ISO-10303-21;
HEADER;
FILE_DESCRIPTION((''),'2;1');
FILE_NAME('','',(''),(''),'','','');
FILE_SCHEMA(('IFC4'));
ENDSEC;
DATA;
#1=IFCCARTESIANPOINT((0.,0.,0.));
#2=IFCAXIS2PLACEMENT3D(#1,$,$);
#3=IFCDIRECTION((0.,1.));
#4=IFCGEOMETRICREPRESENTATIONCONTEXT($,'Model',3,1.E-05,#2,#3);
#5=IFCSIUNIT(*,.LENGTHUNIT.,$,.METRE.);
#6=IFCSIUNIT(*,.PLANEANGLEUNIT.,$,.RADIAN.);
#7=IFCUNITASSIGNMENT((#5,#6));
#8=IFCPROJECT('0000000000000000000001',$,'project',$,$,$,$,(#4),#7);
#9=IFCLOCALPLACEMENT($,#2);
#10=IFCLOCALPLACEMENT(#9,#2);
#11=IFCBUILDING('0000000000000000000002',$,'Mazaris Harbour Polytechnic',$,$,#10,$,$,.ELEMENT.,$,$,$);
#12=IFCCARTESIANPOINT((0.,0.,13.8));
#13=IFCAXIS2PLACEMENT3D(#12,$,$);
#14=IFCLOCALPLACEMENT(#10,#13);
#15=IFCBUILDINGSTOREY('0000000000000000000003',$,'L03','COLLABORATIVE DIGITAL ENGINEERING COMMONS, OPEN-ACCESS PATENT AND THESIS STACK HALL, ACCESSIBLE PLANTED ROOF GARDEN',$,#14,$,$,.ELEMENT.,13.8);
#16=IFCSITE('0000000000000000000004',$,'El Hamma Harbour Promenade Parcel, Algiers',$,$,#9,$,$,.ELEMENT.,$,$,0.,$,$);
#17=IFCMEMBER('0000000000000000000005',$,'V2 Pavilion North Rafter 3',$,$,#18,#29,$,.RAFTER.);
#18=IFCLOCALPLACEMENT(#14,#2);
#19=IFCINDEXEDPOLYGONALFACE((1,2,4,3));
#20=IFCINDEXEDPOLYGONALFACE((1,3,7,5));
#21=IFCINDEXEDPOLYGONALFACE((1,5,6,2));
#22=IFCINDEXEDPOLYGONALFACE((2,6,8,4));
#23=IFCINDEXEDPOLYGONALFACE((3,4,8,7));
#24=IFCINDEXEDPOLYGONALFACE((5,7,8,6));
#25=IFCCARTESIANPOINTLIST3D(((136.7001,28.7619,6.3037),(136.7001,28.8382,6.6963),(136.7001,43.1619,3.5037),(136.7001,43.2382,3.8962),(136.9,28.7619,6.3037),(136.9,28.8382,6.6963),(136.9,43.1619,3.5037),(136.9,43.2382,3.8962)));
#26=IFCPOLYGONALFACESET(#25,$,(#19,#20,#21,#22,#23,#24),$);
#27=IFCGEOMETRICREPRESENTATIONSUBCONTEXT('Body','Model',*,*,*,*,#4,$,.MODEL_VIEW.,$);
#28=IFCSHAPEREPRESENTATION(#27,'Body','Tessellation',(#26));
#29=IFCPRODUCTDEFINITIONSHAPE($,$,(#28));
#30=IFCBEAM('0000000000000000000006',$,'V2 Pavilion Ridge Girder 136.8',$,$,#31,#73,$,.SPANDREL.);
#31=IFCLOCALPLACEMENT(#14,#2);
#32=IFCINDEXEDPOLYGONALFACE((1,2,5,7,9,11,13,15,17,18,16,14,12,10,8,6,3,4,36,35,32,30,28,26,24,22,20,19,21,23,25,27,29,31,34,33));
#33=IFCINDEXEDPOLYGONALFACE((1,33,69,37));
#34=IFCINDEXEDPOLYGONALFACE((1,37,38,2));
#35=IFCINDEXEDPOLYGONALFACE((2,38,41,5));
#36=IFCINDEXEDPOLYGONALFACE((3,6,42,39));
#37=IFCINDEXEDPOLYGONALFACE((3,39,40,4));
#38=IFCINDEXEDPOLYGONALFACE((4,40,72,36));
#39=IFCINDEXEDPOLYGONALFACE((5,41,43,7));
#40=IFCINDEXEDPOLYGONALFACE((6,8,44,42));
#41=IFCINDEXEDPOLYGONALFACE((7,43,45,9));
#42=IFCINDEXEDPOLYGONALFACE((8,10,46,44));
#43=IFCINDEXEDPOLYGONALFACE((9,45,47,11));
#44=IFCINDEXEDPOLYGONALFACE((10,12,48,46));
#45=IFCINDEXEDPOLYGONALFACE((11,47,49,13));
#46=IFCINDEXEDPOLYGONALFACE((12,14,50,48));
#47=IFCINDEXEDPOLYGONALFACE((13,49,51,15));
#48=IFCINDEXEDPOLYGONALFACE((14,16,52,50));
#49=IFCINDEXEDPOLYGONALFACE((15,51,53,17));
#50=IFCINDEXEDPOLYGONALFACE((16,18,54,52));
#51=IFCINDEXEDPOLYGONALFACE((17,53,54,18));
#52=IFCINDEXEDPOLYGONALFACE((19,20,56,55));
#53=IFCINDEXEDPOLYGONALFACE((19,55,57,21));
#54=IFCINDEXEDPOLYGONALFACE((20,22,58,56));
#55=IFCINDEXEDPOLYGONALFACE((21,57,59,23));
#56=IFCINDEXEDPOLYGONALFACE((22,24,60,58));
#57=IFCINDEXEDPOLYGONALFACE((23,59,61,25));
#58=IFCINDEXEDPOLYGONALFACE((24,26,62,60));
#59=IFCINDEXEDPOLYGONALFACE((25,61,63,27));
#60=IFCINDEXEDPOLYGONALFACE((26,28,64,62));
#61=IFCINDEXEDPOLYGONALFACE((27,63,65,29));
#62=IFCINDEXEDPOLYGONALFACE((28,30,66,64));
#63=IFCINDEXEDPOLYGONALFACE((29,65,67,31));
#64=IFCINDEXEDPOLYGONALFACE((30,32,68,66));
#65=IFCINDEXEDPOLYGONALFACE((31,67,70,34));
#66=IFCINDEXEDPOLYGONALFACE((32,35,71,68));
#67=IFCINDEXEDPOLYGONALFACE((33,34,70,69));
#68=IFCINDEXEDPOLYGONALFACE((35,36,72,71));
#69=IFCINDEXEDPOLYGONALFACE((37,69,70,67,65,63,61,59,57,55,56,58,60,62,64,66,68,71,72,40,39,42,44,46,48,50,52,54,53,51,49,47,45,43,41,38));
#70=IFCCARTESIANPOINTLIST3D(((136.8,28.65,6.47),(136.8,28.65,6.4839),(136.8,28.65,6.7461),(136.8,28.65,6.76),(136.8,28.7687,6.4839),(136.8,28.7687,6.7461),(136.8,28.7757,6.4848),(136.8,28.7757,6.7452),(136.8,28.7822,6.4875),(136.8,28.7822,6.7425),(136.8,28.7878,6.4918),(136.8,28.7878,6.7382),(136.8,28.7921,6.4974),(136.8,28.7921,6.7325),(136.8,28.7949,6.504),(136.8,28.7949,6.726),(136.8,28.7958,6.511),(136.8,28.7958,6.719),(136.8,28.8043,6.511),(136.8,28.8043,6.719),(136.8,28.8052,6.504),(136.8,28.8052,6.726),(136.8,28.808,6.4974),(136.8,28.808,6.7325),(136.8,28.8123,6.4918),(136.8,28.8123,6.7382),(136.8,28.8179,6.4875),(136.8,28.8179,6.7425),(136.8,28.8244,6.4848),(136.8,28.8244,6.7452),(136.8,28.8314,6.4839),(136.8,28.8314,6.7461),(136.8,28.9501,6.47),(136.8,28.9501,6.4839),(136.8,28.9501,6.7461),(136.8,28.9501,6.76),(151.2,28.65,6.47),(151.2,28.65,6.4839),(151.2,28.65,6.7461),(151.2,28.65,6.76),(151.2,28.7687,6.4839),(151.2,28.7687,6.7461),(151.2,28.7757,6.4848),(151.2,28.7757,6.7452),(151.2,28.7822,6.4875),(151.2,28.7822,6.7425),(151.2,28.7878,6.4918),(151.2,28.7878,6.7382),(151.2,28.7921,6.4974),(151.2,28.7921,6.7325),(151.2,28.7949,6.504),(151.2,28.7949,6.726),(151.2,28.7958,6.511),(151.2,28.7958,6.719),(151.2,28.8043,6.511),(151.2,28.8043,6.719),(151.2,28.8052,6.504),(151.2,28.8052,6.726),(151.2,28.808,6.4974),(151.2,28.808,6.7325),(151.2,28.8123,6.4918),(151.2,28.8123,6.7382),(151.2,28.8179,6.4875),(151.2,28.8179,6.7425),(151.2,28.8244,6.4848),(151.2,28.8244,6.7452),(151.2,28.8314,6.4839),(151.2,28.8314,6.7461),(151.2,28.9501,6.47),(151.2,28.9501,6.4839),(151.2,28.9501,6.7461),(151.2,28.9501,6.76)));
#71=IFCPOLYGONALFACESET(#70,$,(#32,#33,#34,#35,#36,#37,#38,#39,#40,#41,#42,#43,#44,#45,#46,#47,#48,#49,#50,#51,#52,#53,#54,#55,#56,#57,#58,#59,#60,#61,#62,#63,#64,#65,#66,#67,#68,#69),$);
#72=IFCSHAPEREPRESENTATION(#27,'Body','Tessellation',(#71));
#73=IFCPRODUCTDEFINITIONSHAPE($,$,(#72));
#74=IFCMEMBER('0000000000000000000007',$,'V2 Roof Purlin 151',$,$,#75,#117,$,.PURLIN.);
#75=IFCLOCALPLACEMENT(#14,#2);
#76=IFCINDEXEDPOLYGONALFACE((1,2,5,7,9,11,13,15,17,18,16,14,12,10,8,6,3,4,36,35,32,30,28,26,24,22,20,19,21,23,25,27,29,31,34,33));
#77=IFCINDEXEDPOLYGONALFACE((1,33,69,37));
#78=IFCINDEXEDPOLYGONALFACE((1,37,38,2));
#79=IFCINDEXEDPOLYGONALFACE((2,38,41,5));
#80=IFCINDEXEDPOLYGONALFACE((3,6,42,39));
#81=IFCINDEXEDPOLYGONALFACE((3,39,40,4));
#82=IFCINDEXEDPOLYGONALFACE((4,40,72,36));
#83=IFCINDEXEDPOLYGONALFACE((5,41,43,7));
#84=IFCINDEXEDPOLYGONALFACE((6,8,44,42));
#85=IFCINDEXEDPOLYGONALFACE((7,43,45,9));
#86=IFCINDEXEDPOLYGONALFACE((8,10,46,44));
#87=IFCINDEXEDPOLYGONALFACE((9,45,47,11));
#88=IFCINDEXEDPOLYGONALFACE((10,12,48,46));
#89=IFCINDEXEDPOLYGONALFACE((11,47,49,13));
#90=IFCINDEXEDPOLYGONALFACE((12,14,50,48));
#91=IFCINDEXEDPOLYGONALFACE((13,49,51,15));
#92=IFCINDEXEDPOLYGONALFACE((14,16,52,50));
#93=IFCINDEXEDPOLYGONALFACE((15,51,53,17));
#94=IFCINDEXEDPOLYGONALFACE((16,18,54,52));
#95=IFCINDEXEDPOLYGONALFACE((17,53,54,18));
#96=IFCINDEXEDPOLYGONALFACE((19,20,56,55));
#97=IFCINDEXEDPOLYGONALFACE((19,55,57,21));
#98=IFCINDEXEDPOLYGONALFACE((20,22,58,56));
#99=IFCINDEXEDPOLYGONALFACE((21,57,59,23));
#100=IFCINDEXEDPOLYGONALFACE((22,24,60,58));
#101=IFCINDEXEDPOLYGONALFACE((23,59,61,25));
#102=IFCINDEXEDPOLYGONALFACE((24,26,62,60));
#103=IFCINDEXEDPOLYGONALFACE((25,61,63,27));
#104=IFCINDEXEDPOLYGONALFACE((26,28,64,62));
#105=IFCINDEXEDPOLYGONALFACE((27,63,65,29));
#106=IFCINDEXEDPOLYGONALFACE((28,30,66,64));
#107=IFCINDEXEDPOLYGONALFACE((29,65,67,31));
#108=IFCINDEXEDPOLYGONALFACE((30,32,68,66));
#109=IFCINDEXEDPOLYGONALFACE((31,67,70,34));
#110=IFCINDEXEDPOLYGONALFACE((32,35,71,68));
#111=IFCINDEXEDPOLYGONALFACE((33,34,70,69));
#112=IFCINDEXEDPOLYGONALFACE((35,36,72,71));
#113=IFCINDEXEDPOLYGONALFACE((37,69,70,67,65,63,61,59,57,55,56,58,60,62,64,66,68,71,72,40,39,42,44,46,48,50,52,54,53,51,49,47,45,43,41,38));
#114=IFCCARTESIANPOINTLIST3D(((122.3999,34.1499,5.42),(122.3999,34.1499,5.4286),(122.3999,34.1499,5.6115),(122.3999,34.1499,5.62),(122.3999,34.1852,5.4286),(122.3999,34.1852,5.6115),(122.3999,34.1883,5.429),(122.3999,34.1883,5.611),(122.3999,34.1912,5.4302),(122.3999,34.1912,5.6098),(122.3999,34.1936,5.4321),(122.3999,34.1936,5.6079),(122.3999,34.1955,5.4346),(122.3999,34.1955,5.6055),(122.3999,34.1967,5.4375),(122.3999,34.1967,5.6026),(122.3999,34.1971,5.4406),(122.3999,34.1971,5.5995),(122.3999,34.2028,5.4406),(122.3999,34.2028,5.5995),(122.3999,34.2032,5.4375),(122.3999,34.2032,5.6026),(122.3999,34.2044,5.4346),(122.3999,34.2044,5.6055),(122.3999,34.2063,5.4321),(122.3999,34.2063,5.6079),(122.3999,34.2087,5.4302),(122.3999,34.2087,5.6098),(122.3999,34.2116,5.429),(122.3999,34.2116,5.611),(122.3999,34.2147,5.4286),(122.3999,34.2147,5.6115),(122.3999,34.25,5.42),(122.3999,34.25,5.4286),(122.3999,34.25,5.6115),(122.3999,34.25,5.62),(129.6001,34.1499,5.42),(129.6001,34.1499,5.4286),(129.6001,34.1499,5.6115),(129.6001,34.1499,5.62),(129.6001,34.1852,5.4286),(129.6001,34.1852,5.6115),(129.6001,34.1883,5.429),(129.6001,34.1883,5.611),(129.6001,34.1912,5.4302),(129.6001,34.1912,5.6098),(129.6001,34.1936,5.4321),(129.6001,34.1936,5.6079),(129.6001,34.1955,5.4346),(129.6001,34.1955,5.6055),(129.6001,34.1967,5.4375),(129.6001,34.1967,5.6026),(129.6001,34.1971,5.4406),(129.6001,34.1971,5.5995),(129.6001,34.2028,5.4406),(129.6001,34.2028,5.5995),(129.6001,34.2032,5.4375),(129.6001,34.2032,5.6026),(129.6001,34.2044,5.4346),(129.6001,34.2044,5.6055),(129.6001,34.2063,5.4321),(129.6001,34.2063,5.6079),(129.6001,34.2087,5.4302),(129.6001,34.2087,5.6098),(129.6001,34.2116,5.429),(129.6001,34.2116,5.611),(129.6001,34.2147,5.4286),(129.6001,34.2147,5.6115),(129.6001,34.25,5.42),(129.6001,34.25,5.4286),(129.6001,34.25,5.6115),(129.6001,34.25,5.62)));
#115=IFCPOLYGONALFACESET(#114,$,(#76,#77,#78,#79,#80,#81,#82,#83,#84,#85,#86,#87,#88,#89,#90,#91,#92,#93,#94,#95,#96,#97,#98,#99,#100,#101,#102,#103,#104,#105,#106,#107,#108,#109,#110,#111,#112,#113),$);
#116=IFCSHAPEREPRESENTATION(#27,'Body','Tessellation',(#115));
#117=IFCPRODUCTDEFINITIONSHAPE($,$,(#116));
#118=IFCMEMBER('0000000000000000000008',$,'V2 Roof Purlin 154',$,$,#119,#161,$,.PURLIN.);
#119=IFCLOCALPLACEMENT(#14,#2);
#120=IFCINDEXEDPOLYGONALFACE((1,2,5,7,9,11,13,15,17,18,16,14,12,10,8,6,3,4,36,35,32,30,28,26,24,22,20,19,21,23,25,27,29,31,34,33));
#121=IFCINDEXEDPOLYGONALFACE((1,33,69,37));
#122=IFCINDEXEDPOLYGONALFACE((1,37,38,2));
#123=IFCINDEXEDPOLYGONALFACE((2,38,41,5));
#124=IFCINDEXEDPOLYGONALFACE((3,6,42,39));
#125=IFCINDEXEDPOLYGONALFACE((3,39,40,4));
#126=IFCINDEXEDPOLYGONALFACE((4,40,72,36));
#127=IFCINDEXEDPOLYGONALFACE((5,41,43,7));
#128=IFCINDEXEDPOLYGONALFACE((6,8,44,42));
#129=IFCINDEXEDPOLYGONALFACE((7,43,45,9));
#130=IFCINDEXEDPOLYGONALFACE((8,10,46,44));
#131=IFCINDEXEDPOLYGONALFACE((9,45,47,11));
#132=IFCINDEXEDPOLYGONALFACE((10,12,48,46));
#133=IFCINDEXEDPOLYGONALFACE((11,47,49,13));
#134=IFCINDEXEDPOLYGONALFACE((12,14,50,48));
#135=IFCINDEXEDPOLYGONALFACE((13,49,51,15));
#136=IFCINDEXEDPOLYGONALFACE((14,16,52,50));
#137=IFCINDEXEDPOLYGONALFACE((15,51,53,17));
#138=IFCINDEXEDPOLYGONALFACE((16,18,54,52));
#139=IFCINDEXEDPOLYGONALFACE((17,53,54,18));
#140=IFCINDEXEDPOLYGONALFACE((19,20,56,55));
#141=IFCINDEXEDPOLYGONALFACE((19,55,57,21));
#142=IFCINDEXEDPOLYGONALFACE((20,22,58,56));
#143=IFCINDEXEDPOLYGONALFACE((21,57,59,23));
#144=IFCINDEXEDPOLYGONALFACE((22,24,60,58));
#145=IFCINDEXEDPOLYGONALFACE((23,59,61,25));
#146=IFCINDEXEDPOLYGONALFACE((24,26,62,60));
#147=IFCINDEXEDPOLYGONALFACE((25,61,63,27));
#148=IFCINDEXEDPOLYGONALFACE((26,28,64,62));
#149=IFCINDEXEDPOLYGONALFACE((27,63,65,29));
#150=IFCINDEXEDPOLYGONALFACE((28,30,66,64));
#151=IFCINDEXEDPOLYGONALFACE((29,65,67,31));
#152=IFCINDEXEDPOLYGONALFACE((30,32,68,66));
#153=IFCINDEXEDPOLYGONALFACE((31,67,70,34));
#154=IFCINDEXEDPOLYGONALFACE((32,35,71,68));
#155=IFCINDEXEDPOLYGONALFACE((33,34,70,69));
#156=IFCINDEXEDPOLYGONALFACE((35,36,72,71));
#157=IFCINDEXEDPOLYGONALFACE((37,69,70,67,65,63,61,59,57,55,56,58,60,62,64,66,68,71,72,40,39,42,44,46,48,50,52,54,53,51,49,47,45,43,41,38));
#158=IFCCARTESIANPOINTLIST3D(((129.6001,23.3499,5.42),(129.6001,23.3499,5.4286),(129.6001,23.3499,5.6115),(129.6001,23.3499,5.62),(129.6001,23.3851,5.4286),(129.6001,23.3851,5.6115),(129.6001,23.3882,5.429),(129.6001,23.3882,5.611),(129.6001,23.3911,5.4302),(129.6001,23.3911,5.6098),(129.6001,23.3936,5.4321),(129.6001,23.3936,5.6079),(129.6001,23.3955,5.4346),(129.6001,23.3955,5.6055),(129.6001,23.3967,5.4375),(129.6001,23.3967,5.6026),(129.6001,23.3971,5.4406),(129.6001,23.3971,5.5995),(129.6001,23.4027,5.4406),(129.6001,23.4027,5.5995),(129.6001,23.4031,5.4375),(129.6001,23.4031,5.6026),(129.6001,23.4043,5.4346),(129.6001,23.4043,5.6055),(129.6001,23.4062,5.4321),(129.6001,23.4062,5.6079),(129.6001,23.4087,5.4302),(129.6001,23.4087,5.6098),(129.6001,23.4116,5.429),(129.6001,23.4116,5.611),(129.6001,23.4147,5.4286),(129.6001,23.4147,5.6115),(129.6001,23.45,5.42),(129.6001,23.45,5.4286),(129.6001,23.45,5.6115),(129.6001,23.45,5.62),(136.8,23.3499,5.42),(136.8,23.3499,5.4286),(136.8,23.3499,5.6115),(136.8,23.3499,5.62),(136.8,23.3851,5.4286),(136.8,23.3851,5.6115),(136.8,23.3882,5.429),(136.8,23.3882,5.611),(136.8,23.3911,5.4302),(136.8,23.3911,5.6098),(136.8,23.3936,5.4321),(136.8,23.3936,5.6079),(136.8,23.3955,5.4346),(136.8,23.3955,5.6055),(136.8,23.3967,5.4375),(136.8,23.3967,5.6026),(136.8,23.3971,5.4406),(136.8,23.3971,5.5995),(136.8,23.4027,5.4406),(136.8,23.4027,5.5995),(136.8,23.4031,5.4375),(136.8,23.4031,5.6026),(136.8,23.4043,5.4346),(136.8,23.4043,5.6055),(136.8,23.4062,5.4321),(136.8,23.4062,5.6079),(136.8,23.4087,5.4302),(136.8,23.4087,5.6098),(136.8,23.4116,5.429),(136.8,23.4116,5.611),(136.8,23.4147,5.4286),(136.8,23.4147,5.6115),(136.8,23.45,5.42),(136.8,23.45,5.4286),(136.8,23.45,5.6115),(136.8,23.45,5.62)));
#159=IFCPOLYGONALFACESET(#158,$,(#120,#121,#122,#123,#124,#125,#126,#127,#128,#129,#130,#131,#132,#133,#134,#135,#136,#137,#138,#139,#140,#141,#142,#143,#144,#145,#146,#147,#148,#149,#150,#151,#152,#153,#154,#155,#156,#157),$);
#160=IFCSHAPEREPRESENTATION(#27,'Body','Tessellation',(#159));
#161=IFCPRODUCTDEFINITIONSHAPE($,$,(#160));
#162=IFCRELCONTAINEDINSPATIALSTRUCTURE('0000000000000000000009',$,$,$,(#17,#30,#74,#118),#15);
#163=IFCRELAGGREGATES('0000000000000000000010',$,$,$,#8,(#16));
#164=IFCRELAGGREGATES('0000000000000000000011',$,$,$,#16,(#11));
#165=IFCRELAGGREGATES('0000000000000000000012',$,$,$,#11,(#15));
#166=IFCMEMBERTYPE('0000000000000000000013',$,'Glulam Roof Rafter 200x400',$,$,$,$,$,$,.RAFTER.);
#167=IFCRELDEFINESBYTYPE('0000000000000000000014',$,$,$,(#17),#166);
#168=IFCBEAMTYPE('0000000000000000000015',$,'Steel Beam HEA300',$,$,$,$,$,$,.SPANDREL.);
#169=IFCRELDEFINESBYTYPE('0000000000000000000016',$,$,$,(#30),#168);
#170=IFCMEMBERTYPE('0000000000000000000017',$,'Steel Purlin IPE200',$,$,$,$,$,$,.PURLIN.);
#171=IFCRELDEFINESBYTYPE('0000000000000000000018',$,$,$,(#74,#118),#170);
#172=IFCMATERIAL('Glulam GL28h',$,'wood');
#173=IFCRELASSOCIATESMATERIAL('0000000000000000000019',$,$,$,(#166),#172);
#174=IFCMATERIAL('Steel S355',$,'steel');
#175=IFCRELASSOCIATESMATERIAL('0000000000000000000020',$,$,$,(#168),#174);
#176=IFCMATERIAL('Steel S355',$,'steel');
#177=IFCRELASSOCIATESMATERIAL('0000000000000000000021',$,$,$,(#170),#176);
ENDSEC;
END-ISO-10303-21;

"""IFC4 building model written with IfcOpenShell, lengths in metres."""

from ifc_helpers import new_model, si_unit, direction, frame, origin, origin_2d, place, context, subcontext, project, spatial, rectangle, i_section, extrude, material, material_profile, profile_set, type_object, element, save


model = new_model("IFC4")

# Units and contexts
model_context = context("Model", 3, precision=1e-05, world=origin(), true_north=direction((0.0, 1.0)))
body_context = subcontext(model_context, "Body", "Model", "MODEL_VIEW")
ifc_project = project(units=[si_unit("LENGTHUNIT", "METRE"), si_unit("PLANEANGLEUNIT", "RADIAN")], contexts=[model_context])

# Site, building, storey
site_placement = place(None, origin())
site = spatial("IfcSite", under=ifc_project, at=site_placement, Name="El Hamma Harbour Promenade Parcel, Algiers", CompositionType="ELEMENT", RefElevation=0.0)
building_placement = place(site_placement, origin())
building = spatial("IfcBuilding", under=site, at=building_placement, Name="Mazaris Harbour Polytechnic", CompositionType="ELEMENT")
storey_placement = place(building_placement, frame((0.0, 0.0, 13.8)))
storey = spatial("IfcBuildingStorey", under=building, at=storey_placement, Name="L03", Description="COLLABORATIVE DIGITAL ENGINEERING COMMONS, OPEN-ACCESS PATENT AND THESIS STACK HALL, ACCESSIBLE PLANTED ROOF GARDEN", CompositionType="ELEMENT", Elevation=13.8)

# Member
ifc_material_1 = material(Name="Glulam GL28h", Category="wood")
ifc_material_profile_1 = material_profile(ifc_material_1, rectangle(XDim=0.2, YDim=0.3999, at=origin_2d()), Name="RECT200x400")
ifc_profile_set_1 = profile_set([ifc_material_profile_1], Name="Glulam GL28h")
member_type_1 = type_object("IfcMemberType", Name="Glulam Roof Rafter 200x400", PredefinedType="RAFTER", material=ifc_profile_set_1)
member_1_placement = place(storey_placement, frame((136.8, 28.8, 6.5), z_axis=(0.0, 0.981615, -0.190874), x_axis=(-1.0, 0.0, 0.0)))
element("IfcMember", 1, at=member_1_placement, inside=storey, type_object=member_type_1, Name="V2 Pavilion North Rafter 3", PredefinedType="RAFTER", context=body_context, shape_type="SweptSolid", body=[
    extrude(rectangle(XDim=0.2, YDim=0.3999, at=origin_2d()), origin(), (0.0, 0.0, 1.0), 14.6697),
])

# Beam
ifc_material_2 = material(Name="Steel S355", Category="steel")
ifc_material_profile_2 = material_profile(ifc_material_2, i_section(OverallWidth=0.3, OverallDepth=0.29, WebThickness=0.0085, FlangeThickness=0.0139, FilletRadius=0.0271, at=origin_2d()), Name="HEA 300")
ifc_profile_set_2 = profile_set([ifc_material_profile_2], Name="Steel S355")
beam_type = type_object("IfcBeamType", Name="Steel Beam HEA300", PredefinedType="SPANDREL", material=ifc_profile_set_2)
beam_placement = place(storey_placement, frame((136.8, 28.8, 6.615), z_axis=(1.0, 0.0, 0.0), x_axis=(0.0, 1.0, 0.0)))
element("IfcBeam", 2, at=beam_placement, inside=storey, type_object=beam_type, Name="V2 Pavilion Ridge Girder 136.8", PredefinedType="SPANDREL", context=body_context, shape_type="SweptSolid", body=[
    extrude(i_section(OverallWidth=0.3, OverallDepth=0.29, WebThickness=0.0085, FlangeThickness=0.0139, FilletRadius=0.0271, at=origin_2d()), origin(), (0.0, 0.0, 1.0), 14.3999),
])

# Members
ifc_material_3 = material(Name="Steel S355", Category="steel")
ifc_material_profile_3 = material_profile(ifc_material_3, i_section(OverallWidth=0.1001, OverallDepth=0.2, WebThickness=0.0056, FlangeThickness=0.0085, FilletRadius=0.012, at=origin_2d()), Name="IPE 200")
ifc_profile_set_3 = profile_set([ifc_material_profile_3], Name="Steel S355")
member_type_2 = type_object("IfcMemberType", Name="Steel Purlin IPE200", PredefinedType="PURLIN", material=ifc_profile_set_3)
member_2_placement = place(storey_placement, frame((122.3999, 34.2, 5.52), z_axis=(1.0, 0.0, 0.0), x_axis=(0.0, 1.0, 0.0)))
element("IfcMember", 3, at=member_2_placement, inside=storey, type_object=member_type_2, Name="V2 Roof Purlin 151", PredefinedType="PURLIN", context=body_context, shape_type="SweptSolid", body=[
    extrude(i_section(OverallWidth=0.1001, OverallDepth=0.2, WebThickness=0.0056, FlangeThickness=0.0085, FilletRadius=0.012, at=origin_2d()), origin(), (0.0, 0.0, 1.0), 7.2002),
])
for number, where, z_axis, x_axis, name in (
    (4, (129.6001, 23.3999, 5.52), (1.0, 0.0, 0.0), (0.0, 1.0, 0.0), "V2 Roof Purlin 154"),
):
    element("IfcMember", number, at=place(storey_placement, frame(where, z_axis=z_axis, x_axis=x_axis)), inside=storey, type_object=member_type_2, Name=name, PredefinedType="PURLIN", context=body_context, shape_type="SweptSolid", body=[
        extrude(i_section(OverallWidth=0.1001, OverallDepth=0.2, WebThickness=0.0056, FlangeThickness=0.0085, FilletRadius=0.012, at=origin_2d()), origin(), (0.0, 0.0, 1.0), 7.2),
    ])

save(model, "model.ifc")
